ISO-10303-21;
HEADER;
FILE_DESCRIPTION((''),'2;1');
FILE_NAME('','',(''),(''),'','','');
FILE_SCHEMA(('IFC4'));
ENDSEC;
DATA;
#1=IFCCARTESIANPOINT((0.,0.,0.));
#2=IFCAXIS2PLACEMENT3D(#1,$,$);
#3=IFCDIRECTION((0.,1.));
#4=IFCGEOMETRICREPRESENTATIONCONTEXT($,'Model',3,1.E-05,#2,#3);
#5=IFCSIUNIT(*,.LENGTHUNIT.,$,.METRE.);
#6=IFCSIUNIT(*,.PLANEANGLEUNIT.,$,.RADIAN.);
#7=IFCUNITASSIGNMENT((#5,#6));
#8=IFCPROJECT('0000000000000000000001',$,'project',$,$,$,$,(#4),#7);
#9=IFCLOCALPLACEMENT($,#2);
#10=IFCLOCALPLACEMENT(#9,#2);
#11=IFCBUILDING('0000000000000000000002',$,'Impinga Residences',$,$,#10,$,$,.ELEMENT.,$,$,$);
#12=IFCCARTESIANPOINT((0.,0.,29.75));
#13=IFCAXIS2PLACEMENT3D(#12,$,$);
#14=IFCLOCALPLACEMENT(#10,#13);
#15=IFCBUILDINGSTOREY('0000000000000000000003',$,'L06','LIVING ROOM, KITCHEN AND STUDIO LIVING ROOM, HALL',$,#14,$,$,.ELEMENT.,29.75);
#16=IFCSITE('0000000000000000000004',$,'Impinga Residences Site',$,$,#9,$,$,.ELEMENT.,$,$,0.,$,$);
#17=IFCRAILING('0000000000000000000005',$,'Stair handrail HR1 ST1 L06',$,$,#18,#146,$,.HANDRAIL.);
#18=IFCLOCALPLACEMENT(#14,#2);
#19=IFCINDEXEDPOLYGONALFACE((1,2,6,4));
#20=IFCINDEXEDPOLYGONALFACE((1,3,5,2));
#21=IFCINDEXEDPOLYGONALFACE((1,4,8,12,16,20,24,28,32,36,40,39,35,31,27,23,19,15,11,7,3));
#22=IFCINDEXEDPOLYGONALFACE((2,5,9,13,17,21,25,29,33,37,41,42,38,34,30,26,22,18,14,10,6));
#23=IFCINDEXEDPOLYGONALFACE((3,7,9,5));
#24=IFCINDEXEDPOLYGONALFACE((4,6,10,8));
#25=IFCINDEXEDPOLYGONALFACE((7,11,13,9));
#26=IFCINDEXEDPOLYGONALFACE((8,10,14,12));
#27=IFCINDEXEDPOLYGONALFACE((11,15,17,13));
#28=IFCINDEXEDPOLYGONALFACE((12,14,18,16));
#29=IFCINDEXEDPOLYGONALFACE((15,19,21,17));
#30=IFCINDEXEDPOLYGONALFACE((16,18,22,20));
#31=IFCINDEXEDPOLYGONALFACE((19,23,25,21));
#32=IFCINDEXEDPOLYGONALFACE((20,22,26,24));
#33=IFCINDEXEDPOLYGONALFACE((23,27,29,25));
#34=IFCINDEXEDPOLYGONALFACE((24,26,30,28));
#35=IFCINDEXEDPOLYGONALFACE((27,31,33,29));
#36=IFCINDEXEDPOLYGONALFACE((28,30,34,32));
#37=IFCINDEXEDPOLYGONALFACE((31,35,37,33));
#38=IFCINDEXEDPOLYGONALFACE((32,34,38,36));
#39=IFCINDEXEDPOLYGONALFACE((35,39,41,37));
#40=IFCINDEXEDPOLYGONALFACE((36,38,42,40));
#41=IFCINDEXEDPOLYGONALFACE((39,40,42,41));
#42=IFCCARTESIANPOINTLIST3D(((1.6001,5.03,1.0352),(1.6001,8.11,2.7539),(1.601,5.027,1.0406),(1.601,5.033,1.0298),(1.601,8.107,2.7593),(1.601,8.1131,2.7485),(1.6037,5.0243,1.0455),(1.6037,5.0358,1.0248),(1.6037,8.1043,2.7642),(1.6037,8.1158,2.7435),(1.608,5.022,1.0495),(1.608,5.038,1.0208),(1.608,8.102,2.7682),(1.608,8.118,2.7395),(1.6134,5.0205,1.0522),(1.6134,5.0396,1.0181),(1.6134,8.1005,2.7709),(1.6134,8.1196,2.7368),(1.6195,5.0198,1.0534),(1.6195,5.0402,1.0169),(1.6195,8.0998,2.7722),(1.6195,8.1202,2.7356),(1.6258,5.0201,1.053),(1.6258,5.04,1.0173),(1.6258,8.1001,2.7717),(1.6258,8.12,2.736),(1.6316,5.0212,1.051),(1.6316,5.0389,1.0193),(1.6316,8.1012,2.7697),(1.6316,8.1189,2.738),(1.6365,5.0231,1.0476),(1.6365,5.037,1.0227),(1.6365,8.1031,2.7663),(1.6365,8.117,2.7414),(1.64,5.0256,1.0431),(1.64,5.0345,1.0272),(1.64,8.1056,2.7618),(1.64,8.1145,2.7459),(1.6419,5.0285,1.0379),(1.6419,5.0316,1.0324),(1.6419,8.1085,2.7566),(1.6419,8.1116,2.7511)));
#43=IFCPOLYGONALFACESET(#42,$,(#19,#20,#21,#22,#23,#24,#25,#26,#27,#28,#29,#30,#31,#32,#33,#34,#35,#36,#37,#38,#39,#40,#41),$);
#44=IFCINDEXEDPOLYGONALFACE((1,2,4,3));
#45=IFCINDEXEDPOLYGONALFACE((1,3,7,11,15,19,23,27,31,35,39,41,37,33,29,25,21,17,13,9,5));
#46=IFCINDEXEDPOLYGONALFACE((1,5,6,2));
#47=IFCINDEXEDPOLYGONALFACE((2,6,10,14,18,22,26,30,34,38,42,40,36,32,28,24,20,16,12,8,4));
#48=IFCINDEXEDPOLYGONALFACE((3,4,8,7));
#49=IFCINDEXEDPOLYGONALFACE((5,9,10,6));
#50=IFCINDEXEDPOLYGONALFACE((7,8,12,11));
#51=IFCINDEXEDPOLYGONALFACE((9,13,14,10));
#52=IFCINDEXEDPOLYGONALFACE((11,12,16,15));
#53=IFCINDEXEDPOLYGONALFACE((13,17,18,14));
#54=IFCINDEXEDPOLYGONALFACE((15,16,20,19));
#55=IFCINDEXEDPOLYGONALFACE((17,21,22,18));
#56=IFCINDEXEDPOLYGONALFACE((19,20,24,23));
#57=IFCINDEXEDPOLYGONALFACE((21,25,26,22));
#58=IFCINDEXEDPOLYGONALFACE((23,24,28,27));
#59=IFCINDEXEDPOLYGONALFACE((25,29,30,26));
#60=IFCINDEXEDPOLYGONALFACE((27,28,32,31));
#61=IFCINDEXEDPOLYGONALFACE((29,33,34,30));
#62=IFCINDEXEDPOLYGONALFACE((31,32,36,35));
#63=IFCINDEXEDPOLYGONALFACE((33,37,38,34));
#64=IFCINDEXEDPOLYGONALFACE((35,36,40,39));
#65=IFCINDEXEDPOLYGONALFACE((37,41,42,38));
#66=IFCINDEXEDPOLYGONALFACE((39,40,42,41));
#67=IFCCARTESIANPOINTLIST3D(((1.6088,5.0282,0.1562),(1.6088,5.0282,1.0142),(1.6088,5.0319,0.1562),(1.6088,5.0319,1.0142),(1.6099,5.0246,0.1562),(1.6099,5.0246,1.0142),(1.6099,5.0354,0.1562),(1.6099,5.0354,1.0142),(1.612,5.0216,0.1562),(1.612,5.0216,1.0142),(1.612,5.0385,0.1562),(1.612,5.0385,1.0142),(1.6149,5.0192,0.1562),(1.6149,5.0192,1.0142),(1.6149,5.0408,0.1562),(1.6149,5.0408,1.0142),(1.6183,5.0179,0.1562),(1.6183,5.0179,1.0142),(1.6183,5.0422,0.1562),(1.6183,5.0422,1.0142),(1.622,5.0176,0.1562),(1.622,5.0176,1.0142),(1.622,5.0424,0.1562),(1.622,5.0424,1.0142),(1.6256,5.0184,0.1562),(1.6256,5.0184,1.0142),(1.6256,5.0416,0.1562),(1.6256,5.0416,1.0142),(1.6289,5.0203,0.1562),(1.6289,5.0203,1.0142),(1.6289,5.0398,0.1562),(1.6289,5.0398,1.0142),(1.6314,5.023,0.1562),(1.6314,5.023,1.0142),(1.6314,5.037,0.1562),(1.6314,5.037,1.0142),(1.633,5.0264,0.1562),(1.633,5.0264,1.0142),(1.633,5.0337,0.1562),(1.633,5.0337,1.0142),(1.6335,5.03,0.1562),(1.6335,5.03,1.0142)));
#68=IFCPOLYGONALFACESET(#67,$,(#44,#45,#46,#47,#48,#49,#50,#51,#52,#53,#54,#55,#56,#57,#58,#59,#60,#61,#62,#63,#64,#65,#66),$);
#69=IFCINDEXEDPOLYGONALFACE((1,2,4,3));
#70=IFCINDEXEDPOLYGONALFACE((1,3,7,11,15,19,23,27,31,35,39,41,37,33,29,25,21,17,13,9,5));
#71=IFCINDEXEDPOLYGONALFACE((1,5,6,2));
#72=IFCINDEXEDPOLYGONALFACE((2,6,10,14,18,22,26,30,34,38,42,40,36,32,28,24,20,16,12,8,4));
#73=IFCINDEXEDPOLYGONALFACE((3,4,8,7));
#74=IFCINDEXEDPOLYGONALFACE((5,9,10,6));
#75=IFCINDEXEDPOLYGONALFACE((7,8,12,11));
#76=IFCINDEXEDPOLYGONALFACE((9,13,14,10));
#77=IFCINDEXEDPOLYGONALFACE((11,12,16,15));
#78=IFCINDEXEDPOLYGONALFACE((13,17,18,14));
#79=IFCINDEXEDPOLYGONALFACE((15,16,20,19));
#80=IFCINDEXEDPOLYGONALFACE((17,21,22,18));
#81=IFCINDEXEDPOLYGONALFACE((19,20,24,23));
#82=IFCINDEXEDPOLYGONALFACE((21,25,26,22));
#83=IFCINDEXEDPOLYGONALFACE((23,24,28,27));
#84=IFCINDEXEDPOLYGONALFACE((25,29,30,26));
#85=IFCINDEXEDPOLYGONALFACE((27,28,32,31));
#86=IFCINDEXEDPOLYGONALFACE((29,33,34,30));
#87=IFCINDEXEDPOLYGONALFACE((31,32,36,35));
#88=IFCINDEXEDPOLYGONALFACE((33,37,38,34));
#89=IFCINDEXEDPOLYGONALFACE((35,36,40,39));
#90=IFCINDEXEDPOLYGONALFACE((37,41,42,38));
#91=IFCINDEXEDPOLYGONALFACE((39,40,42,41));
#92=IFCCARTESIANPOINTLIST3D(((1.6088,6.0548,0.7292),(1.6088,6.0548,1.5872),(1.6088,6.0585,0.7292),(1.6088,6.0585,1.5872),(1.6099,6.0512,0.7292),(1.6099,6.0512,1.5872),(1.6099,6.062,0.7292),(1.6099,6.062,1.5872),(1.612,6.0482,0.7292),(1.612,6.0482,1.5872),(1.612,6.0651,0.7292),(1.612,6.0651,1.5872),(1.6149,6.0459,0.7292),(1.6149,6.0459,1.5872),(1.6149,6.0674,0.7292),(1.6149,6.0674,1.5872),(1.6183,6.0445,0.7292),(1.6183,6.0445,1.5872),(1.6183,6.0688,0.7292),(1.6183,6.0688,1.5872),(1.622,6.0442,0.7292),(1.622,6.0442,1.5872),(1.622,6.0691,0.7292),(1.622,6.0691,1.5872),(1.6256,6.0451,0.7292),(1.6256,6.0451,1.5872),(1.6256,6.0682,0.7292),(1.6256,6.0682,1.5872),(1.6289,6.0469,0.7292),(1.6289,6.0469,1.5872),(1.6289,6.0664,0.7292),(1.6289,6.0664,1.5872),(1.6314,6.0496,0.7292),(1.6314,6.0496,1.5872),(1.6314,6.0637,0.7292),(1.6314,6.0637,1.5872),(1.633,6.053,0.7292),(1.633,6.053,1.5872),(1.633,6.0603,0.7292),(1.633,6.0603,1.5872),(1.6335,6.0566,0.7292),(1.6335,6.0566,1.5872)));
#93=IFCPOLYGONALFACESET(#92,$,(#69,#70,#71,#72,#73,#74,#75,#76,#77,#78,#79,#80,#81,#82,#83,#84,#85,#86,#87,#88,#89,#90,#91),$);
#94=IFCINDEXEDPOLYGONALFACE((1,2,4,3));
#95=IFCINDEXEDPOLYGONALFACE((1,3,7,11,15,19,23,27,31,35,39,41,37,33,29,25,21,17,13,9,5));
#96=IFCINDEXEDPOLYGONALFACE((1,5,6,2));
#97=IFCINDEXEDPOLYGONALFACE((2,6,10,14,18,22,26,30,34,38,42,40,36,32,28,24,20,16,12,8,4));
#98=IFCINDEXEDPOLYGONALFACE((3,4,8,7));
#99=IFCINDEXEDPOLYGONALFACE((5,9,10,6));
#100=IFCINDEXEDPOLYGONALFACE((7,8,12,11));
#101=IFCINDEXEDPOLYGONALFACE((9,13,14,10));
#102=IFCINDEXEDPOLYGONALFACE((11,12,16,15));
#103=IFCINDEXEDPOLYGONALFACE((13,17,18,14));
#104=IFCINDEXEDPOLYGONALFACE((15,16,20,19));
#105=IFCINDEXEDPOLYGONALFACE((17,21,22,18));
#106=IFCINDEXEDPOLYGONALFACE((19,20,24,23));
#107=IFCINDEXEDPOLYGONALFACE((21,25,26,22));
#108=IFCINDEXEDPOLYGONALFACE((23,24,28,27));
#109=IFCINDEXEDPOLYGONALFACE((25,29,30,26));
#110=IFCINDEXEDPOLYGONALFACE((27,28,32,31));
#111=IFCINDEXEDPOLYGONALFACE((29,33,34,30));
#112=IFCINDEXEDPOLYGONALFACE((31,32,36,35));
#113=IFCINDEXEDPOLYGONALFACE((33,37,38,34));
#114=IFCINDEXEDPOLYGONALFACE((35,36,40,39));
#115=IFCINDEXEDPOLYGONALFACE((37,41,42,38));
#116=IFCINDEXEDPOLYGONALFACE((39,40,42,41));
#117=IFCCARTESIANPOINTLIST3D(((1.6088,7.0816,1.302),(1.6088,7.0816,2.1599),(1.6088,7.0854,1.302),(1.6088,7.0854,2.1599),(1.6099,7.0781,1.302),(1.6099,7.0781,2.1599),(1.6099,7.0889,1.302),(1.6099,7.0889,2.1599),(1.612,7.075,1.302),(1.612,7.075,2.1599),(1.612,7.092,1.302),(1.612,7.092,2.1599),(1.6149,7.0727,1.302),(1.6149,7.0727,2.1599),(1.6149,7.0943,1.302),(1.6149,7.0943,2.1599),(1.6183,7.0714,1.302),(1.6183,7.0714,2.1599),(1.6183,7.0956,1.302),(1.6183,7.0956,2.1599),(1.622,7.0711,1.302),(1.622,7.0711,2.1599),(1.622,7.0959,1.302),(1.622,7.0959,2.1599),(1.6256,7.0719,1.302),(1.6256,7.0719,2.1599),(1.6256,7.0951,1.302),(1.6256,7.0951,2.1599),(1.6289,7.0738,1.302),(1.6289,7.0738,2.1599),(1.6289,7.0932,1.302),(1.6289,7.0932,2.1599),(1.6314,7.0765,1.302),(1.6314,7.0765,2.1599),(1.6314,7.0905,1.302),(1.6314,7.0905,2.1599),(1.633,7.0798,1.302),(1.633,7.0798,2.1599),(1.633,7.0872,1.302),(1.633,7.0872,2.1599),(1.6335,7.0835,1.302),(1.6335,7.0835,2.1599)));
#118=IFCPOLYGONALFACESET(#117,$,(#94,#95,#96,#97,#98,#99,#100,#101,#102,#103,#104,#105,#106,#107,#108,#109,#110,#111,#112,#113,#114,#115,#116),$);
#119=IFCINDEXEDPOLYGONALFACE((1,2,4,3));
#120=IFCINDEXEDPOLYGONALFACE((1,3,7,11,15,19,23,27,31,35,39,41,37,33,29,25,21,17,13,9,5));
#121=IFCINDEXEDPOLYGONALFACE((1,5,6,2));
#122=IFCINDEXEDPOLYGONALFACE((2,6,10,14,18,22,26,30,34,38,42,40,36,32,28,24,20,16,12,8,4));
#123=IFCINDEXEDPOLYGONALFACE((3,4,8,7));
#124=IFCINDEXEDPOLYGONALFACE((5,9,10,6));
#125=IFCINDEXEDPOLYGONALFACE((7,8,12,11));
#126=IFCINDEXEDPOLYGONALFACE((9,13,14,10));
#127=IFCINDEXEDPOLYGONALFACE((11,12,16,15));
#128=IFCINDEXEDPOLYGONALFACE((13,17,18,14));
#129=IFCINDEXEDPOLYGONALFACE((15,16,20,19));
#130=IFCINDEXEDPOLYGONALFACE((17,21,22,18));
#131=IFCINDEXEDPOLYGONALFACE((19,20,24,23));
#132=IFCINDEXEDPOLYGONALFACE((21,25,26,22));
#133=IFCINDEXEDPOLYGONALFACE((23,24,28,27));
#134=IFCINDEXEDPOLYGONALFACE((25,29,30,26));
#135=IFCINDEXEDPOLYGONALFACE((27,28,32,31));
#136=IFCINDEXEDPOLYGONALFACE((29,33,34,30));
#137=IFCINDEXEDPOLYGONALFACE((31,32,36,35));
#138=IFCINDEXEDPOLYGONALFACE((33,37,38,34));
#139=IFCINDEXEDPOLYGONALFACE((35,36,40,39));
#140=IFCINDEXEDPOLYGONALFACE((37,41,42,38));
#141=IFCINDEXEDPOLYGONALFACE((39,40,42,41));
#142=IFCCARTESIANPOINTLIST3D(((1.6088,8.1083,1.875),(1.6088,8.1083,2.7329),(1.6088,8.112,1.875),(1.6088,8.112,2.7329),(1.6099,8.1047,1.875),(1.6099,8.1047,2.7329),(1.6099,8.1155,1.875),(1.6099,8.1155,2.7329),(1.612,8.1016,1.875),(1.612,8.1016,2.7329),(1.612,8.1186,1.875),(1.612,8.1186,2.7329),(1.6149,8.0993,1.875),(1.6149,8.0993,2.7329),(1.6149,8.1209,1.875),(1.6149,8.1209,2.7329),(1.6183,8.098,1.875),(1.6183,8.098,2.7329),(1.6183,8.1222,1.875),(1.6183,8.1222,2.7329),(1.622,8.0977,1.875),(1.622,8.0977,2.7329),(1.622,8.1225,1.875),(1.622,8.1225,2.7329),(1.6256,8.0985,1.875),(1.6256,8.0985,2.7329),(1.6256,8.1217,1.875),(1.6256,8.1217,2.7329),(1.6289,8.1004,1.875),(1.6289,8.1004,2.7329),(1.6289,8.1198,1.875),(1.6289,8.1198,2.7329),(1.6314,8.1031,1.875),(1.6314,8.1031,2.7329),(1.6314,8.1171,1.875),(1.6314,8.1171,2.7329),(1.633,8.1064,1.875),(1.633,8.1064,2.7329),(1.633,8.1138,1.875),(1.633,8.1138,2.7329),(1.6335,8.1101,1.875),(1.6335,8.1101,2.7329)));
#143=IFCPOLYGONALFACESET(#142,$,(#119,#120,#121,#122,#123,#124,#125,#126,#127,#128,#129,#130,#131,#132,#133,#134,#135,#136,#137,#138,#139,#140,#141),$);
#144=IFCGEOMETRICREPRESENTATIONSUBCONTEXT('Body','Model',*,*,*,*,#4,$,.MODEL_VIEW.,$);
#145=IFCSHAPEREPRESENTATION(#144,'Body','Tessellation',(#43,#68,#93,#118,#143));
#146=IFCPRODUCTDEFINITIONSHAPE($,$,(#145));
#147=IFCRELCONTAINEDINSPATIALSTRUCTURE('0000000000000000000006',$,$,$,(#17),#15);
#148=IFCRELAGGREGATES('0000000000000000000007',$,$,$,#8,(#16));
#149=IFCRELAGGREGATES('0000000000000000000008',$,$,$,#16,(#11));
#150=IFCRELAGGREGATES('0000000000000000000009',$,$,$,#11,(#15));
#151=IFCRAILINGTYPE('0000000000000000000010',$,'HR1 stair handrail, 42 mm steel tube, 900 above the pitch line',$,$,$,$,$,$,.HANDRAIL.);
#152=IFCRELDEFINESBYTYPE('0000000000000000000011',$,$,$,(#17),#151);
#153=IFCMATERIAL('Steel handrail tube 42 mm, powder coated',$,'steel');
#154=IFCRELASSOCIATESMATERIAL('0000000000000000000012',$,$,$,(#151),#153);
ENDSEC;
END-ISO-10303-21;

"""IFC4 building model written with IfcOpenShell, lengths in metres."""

from ifc_helpers import new_model, si_unit, direction, frame, origin, origin_2d, place, context, subcontext, project, spatial, circle, extrude, material, type_object, element, save


model = new_model("IFC4")

# Units and contexts
model_context = context("Model", 3, precision=1e-05, world=origin(), true_north=direction((0.0, 1.0)))
body_context = subcontext(model_context, "Body", "Model", "MODEL_VIEW")
ifc_project = project(units=[si_unit("LENGTHUNIT", "METRE"), si_unit("PLANEANGLEUNIT", "RADIAN")], contexts=[model_context])

# Site, building, storey
site_placement = place(None, origin())
site = spatial("IfcSite", under=ifc_project, at=site_placement, Name="Impinga Residences Site", CompositionType="ELEMENT", RefElevation=0.0)
building_placement = place(site_placement, origin())
building = spatial("IfcBuilding", under=site, at=building_placement, Name="Impinga Residences", CompositionType="ELEMENT")
storey_placement = place(building_placement, frame((0.0, 0.0, 29.75)))
storey = spatial("IfcBuildingStorey", under=building, at=storey_placement, Name="L06", Description="LIVING ROOM, KITCHEN AND STUDIO LIVING ROOM, HALL", CompositionType="ELEMENT", Elevation=29.75)

# Railing
ifc_material_1 = material(Name="Steel handrail tube 42 mm, powder coated", Category="steel")
railing_type_1 = type_object("IfcRailingType", Name="HR1 stair handrail, 42 mm steel tube, 900 above the pitch line", PredefinedType="HANDRAIL", material=ifc_material_1)
railing_1_placement = place(storey_placement, frame((1.6211, 5.03, 0.1562)))
element("IfcRailing", 1, at=railing_1_placement, inside=storey, type_object=railing_type_1, Name="Stair handrail HR1 ST1 L06", PredefinedType="HANDRAIL", context=body_context, shape_type="SweptSolid", body=[
    extrude(circle(Radius=0.021, at=origin_2d()), frame((0.0, 0.0, 0.8789), z_axis=(0.0, 0.873242, 0.487288), x_axis=(-1.0, 0.0, 0.0)), (0.0, 0.0, 1.0), 3.5271),
    extrude(circle(Radius=0.0125, at=origin_2d()), origin(), (0.0, 0.0, 1.0), 0.8579),
    extrude(circle(Radius=0.0125, at=origin_2d()), frame((0.0, 1.0266, 0.573)), (0.0, 0.0, 1.0), 0.8579),
    extrude(circle(Radius=0.0125, at=origin_2d()), frame((0.0, 2.0535, 1.1458)), (0.0, 0.0, 1.0), 0.8579),
    extrude(circle(Radius=0.0125, at=origin_2d()), frame((0.0, 3.0801, 1.7188)), (0.0, 0.0, 1.0), 0.8579),
])

save(model, "model.ifc")
